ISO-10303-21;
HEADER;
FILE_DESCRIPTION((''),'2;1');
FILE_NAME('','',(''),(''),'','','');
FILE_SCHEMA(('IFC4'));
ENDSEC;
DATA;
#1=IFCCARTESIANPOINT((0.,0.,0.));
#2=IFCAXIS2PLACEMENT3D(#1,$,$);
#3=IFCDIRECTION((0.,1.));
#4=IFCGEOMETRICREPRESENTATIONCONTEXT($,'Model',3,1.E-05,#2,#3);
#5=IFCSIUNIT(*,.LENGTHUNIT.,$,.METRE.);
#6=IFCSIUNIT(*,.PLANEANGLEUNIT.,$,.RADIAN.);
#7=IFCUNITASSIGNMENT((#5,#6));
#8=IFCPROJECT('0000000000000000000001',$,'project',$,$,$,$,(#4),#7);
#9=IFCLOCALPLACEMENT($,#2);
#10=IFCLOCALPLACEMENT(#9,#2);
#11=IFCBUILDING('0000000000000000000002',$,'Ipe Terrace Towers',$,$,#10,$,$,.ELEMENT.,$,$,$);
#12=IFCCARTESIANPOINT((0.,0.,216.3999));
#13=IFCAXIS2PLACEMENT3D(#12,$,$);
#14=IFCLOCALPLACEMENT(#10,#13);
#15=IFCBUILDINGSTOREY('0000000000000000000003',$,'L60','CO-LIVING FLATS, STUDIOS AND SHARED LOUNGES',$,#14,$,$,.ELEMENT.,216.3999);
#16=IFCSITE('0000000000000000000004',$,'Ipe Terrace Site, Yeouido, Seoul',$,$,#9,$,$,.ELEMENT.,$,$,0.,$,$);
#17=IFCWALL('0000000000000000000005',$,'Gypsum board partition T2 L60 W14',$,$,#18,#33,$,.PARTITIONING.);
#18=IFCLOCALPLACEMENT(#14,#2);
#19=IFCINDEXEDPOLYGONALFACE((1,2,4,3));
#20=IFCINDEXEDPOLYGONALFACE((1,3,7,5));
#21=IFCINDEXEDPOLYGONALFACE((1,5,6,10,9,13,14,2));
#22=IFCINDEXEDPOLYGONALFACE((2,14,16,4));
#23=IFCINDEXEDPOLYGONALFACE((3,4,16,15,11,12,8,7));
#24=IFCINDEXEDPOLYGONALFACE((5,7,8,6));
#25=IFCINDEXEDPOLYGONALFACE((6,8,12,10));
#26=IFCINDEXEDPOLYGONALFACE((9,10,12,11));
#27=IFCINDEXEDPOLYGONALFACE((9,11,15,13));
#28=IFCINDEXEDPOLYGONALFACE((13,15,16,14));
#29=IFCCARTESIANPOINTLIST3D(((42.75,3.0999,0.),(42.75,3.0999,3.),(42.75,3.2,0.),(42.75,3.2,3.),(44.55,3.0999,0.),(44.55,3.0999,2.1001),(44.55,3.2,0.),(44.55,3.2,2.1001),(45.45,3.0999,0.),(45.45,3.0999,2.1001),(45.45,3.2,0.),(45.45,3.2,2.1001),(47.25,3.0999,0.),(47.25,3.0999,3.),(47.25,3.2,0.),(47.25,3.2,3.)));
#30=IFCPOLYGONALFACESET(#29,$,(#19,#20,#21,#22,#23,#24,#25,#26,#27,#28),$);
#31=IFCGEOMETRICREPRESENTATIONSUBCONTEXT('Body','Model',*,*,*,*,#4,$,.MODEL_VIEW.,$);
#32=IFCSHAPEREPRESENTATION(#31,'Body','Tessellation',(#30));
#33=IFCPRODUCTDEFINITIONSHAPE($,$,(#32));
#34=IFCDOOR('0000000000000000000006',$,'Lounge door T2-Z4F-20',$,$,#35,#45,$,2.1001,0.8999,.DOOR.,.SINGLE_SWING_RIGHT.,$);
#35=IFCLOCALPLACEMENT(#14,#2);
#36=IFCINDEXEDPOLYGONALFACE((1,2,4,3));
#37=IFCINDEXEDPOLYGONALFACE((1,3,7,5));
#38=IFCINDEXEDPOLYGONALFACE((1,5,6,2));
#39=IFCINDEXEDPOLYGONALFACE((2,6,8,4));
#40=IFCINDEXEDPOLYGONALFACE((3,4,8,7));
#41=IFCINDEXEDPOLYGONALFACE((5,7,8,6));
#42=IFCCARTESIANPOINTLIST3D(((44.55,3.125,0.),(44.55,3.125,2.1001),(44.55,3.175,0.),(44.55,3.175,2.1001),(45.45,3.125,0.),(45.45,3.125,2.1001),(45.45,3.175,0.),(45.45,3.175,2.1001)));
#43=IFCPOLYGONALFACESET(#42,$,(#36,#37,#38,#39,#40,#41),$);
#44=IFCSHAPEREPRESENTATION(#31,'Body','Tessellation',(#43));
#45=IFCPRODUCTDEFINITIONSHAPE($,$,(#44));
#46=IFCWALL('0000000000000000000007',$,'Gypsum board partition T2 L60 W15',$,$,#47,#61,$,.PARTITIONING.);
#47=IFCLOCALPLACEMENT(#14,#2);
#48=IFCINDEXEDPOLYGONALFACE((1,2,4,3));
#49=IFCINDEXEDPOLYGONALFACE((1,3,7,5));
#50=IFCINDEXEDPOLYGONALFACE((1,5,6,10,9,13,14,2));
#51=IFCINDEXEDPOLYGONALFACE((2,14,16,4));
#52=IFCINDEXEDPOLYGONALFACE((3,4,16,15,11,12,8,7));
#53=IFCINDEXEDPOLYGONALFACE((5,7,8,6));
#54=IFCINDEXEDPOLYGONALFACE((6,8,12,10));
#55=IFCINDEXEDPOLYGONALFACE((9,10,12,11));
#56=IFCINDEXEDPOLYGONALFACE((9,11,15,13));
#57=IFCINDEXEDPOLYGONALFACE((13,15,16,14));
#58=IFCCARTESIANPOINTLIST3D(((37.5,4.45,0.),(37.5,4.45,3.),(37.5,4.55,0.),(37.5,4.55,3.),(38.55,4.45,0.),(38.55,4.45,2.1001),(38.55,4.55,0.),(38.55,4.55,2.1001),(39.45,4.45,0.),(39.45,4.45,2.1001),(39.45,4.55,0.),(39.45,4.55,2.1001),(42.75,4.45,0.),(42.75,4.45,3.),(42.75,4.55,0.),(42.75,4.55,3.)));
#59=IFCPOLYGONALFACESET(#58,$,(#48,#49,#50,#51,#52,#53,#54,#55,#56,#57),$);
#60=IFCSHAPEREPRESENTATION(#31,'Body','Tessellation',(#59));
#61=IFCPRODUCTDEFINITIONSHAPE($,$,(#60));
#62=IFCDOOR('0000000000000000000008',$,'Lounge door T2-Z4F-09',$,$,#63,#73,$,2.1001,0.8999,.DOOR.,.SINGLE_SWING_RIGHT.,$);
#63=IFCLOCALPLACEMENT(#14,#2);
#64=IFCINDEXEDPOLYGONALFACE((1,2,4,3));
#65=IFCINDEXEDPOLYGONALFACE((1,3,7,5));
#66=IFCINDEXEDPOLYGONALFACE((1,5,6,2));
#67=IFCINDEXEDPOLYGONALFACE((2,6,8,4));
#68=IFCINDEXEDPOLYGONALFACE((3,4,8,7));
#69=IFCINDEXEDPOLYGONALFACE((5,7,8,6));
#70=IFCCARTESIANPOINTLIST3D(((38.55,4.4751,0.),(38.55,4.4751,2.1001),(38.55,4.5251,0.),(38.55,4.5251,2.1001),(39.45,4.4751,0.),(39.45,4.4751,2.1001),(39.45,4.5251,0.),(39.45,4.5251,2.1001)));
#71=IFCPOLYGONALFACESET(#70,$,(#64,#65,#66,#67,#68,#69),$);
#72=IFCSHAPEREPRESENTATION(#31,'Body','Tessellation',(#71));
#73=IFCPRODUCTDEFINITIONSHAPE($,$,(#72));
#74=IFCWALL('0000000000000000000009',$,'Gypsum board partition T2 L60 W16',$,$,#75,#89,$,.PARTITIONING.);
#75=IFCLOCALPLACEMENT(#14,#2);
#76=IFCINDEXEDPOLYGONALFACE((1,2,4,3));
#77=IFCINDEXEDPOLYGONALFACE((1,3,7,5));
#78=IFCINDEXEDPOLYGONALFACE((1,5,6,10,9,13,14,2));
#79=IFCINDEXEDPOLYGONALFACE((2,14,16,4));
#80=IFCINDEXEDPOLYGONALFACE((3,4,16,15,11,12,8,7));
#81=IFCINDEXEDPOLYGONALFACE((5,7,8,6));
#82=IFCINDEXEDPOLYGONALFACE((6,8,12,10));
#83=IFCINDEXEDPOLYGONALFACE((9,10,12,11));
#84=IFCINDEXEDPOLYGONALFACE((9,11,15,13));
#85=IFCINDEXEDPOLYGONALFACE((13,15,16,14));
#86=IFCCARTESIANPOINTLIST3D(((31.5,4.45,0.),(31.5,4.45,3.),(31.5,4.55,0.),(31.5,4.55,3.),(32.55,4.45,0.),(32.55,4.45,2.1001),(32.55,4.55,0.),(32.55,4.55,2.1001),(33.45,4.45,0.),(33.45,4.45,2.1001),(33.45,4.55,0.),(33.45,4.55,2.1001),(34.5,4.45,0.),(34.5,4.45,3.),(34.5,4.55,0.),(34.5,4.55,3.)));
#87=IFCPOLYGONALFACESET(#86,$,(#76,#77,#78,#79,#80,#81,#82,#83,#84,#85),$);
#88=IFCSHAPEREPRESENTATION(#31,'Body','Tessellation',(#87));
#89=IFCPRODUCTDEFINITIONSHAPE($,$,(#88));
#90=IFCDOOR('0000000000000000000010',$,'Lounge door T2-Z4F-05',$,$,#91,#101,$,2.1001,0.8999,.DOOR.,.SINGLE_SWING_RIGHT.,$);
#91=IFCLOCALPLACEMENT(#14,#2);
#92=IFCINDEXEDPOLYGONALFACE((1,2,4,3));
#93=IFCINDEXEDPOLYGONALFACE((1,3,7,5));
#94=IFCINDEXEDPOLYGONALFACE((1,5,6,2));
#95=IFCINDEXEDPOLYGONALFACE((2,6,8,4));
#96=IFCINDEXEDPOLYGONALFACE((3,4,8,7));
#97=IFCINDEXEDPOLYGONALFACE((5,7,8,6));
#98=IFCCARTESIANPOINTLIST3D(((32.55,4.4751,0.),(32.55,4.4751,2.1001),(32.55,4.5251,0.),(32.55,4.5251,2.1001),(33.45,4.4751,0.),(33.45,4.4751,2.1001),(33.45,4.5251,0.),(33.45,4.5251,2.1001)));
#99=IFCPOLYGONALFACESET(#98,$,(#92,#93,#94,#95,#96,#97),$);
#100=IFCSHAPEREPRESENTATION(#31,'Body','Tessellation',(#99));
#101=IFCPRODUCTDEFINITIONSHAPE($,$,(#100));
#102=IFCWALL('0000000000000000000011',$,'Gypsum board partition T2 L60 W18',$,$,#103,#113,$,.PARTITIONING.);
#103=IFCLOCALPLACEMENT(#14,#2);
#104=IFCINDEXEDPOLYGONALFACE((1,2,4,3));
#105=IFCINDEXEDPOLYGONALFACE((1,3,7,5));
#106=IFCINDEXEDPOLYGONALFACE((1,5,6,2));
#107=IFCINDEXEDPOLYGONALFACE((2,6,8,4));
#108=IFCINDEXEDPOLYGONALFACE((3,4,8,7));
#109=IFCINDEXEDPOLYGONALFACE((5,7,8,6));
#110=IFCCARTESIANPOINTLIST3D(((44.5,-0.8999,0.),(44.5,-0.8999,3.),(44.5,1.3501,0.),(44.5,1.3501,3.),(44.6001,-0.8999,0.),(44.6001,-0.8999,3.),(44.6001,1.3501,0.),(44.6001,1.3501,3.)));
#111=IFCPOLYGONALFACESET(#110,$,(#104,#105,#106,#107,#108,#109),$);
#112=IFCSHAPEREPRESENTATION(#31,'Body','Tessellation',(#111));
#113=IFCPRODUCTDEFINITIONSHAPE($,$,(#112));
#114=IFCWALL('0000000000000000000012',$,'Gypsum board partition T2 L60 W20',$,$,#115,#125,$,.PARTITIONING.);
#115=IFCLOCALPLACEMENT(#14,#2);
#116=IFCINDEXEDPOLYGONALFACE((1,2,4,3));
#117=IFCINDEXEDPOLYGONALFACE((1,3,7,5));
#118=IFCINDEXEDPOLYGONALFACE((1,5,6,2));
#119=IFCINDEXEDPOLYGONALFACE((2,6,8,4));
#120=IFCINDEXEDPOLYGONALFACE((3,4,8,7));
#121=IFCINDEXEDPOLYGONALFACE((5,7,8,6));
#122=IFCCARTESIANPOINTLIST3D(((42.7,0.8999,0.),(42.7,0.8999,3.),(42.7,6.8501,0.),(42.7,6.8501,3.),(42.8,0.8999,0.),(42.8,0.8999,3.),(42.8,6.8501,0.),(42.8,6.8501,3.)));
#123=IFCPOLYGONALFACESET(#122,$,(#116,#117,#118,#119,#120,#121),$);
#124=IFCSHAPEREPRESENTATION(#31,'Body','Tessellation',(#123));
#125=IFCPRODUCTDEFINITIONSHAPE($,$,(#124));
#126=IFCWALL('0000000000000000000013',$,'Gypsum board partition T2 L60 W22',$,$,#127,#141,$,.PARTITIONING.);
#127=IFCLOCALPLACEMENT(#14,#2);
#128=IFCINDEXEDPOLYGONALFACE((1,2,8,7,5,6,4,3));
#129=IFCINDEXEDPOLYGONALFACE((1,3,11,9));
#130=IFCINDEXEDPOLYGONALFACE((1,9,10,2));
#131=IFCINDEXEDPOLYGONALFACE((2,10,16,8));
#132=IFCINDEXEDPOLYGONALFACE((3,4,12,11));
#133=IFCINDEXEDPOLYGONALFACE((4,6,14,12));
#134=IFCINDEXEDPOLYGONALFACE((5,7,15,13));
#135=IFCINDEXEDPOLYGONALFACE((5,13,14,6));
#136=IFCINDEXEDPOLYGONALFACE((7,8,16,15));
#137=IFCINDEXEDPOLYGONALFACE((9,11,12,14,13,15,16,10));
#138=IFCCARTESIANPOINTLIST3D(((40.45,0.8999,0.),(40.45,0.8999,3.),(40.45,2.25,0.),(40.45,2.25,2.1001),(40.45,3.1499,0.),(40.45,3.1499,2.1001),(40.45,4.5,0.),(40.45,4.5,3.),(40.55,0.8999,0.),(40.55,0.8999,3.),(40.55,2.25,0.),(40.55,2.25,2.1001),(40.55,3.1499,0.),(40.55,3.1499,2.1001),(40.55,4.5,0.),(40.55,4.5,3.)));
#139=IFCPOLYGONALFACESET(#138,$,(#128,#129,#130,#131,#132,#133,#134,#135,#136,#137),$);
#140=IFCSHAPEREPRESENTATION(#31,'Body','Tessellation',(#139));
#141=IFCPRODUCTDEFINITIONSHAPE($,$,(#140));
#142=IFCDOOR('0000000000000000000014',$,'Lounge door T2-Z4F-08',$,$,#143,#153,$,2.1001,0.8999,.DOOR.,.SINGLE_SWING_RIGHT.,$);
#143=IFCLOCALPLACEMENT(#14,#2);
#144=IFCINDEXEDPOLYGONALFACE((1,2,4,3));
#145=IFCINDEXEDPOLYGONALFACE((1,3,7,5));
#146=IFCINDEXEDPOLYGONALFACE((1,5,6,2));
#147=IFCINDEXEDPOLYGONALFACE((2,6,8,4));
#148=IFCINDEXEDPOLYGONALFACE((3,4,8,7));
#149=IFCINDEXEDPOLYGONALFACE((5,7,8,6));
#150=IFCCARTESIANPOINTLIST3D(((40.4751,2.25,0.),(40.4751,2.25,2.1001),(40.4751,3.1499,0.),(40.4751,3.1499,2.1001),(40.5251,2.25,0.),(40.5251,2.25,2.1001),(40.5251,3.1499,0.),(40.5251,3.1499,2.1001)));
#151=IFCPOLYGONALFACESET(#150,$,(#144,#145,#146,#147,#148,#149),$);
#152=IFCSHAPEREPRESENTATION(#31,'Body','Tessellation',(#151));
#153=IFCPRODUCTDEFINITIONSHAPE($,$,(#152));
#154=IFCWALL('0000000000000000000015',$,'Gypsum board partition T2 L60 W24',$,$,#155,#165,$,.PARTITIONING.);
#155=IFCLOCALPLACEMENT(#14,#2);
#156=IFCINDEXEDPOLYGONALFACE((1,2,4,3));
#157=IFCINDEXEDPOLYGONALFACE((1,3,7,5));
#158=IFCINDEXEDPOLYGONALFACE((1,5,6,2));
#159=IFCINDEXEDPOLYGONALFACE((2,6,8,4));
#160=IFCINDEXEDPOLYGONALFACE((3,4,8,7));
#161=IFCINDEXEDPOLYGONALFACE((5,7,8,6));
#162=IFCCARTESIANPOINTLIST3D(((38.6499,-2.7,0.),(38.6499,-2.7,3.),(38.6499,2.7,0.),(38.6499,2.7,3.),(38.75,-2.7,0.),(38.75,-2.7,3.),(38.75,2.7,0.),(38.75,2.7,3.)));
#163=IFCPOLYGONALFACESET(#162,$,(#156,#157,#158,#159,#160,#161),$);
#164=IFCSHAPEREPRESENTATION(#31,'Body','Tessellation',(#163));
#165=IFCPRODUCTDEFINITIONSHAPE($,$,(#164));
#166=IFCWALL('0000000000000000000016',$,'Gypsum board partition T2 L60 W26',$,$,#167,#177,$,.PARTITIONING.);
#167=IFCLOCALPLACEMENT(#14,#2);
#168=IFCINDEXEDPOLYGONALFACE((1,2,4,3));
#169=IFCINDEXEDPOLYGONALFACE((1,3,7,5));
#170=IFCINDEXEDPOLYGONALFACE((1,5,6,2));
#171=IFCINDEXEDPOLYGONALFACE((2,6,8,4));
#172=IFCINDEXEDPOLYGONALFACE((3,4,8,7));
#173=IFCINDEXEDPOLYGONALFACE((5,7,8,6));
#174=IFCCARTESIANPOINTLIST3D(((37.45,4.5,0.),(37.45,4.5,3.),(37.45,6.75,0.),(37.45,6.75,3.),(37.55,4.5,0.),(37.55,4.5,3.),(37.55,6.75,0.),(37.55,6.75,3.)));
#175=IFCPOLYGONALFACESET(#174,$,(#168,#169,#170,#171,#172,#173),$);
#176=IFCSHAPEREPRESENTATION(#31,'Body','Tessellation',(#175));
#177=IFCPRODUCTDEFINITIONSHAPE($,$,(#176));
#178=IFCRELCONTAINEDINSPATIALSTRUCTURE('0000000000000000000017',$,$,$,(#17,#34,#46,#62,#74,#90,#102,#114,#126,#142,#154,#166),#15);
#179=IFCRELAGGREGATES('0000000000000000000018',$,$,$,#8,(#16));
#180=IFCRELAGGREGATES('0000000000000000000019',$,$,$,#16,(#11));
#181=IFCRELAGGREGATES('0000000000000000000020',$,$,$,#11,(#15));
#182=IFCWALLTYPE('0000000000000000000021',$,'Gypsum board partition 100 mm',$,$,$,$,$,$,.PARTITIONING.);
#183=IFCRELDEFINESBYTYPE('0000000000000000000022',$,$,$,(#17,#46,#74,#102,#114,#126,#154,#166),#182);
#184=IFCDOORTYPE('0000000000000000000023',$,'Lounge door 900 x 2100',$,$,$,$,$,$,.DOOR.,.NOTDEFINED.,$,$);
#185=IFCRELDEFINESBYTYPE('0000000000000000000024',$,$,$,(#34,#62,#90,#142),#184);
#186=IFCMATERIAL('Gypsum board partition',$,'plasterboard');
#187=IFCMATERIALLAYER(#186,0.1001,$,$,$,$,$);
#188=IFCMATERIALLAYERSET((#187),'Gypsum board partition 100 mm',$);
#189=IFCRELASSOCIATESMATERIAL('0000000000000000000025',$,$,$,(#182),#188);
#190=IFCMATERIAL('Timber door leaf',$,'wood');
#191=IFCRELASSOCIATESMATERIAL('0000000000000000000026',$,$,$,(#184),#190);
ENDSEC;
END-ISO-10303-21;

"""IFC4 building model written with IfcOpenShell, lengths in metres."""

from ifc_helpers import new_model, si_unit, direction, frame, frame_2d, origin, place, context, subcontext, project, spatial, rectangle, extrude, material, layer, layer_set, type_object, element, fill, save


model = new_model("IFC4")

# Units and contexts
model_context = context("Model", 3, precision=1e-05, world=origin(), true_north=direction((0.0, 1.0)))
body_context = subcontext(model_context, "Body", "Model", "MODEL_VIEW")
ifc_project = project(units=[si_unit("LENGTHUNIT", "METRE"), si_unit("PLANEANGLEUNIT", "RADIAN")], contexts=[model_context])

# Site, building, storey
site_placement = place(None, origin())
site = spatial("IfcSite", under=ifc_project, at=site_placement, Name="Ipe Terrace Site, Yeouido, Seoul", CompositionType="ELEMENT", RefElevation=0.0)
building_placement = place(site_placement, origin())
building = spatial("IfcBuilding", under=site, at=building_placement, Name="Ipe Terrace Towers", CompositionType="ELEMENT")
storey_placement = place(building_placement, frame((0.0, 0.0, 216.3999)))
storey = spatial("IfcBuildingStorey", under=building, at=storey_placement, Name="L60", Description="CO-LIVING FLATS, STUDIOS AND SHARED LOUNGES", CompositionType="ELEMENT", Elevation=216.3999)

# Shared definitions
ifc_material_1 = material(Name="Gypsum board partition", Category="plasterboard")
ifc_layer_1 = layer(ifc_material_1, 0.1001)
ifc_layer_set_1 = layer_set([ifc_layer_1], Name="Gypsum board partition 100 mm")
wall_type_1 = type_object("IfcWallType", Name="Gypsum board partition 100 mm", PredefinedType="PARTITIONING", material=ifc_layer_set_1)

# Walls, openings, doors
ifc_material_2 = material(Name="Timber door leaf", Category="wood")
door_type = type_object("IfcDoorType", Name="Lounge door 900 x 2100", OperationType="NOTDEFINED", PredefinedType="DOOR", material=ifc_material_2)
wall_1_placement = place(storey_placement, frame((47.25, 3.1499, 0.0), z_axis=(0.0, 0.0, 1.0), x_axis=(-1.0, 0.0, 0.0)))
wall_1 = element("IfcWall", 1, at=wall_1_placement, inside=storey, type_object=wall_type_1, Name="Gypsum board partition T2 L60 W14", PredefinedType="PARTITIONING", context=body_context, shape_type="SweptSolid", body=[
    extrude(rectangle(XDim=4.5, YDim=0.1001, at=frame_2d((2.25, 0.0))), origin(), (0.0, 0.0, 1.0), 3.0),
])
opening_1_placement = place(wall_1_placement, frame((1.8, 0.0, 0.0)))
opening_1 = element("IfcOpeningElement", 2, at=opening_1_placement, cuts=wall_1, PredefinedType="OPENING", context=body_context, shape_type="SweptSolid", body=[
    extrude(rectangle(XDim=0.8999, YDim=2.1001, at=frame_2d((0.45, 1.05))), frame((0.0, 0.0601, 0.0), z_axis=(0.0, -1.0, 0.0), x_axis=(1.0, 0.0, 0.0)), (0.0, 0.0, 1.0), 0.1201),
])
door_1_placement = place(opening_1_placement, origin())
door_1 = element("IfcDoor", 3, at=door_1_placement, inside=storey, type_object=door_type, Name="Lounge door T2-Z4F-20", OperationType="SINGLE_SWING_RIGHT", OverallHeight=2.1001, OverallWidth=0.8999, PredefinedType="DOOR", context=body_context, shape_type="SweptSolid", body=[
    extrude(rectangle(XDim=0.8999, YDim=2.1001, at=frame_2d((0.45, 1.05))), frame((0.0, 0.0249, 0.0), z_axis=(0.0, -1.0, 0.0), x_axis=(1.0, 0.0, 0.0)), (0.0, 0.0, 1.0), 0.05),
])
fill(opening_1, door_1)
wall_2_placement = place(storey_placement, frame((42.75, 4.5, 0.0), z_axis=(0.0, 0.0, 1.0), x_axis=(-1.0, 0.0, 0.0)))
wall_2 = element("IfcWall", 4, at=wall_2_placement, inside=storey, type_object=wall_type_1, Name="Gypsum board partition T2 L60 W15", PredefinedType="PARTITIONING", context=body_context, shape_type="SweptSolid", body=[
    extrude(rectangle(XDim=5.25, YDim=0.1001, at=frame_2d((2.625, 0.0))), origin(), (0.0, 0.0, 1.0), 3.0),
])
opening_2_placement = place(wall_2_placement, frame((3.3, 0.0, 0.0)))
opening_2 = element("IfcOpeningElement", 5, at=opening_2_placement, cuts=wall_2, PredefinedType="OPENING", context=body_context, shape_type="SweptSolid", body=[
    extrude(rectangle(XDim=0.8999, YDim=2.1001, at=frame_2d((0.45, 1.05))), frame((0.0, 0.0601, 0.0), z_axis=(0.0, -1.0, 0.0), x_axis=(1.0, 0.0, 0.0)), (0.0, 0.0, 1.0), 0.1201),
])
door_2_placement = place(opening_2_placement, origin())
door_2 = element("IfcDoor", 6, at=door_2_placement, inside=storey, type_object=door_type, Name="Lounge door T2-Z4F-09", OperationType="SINGLE_SWING_RIGHT", OverallHeight=2.1001, OverallWidth=0.8999, PredefinedType="DOOR", context=body_context, shape_type="SweptSolid", body=[
    extrude(rectangle(XDim=0.8999, YDim=2.1001, at=frame_2d((0.45, 1.05))), frame((0.0, 0.0249, 0.0), z_axis=(0.0, -1.0, 0.0), x_axis=(1.0, 0.0, 0.0)), (0.0, 0.0, 1.0), 0.05),
])
fill(opening_2, door_2)
wall_3_placement = place(storey_placement, frame((34.5, 4.5, 0.0), z_axis=(0.0, 0.0, 1.0), x_axis=(-1.0, 0.0, 0.0)))
wall_3 = element("IfcWall", 7, at=wall_3_placement, inside=storey, type_object=wall_type_1, Name="Gypsum board partition T2 L60 W16", PredefinedType="PARTITIONING", context=body_context, shape_type="SweptSolid", body=[
    extrude(rectangle(XDim=3.0, YDim=0.1001, at=frame_2d((1.5, 0.0))), origin(), (0.0, 0.0, 1.0), 3.0),
])
opening_3_placement = place(wall_3_placement, frame((1.05, 0.0, 0.0)))
opening_3 = element("IfcOpeningElement", 8, at=opening_3_placement, cuts=wall_3, PredefinedType="OPENING", context=body_context, shape_type="SweptSolid", body=[
    extrude(rectangle(XDim=0.8999, YDim=2.1001, at=frame_2d((0.45, 1.05))), frame((0.0, 0.0601, 0.0), z_axis=(0.0, -1.0, 0.0), x_axis=(1.0, 0.0, 0.0)), (0.0, 0.0, 1.0), 0.1201),
])
door_3_placement = place(opening_3_placement, origin())
door_3 = element("IfcDoor", 9, at=door_3_placement, inside=storey, type_object=door_type, Name="Lounge door T2-Z4F-05", OperationType="SINGLE_SWING_RIGHT", OverallHeight=2.1001, OverallWidth=0.8999, PredefinedType="DOOR", context=body_context, shape_type="SweptSolid", body=[
    extrude(rectangle(XDim=0.8999, YDim=2.1001, at=frame_2d((0.45, 1.05))), frame((0.0, 0.0249, 0.0), z_axis=(0.0, -1.0, 0.0), x_axis=(1.0, 0.0, 0.0)), (0.0, 0.0, 1.0), 0.05),
])
fill(opening_3, door_3)

# Walls
wall_4_placement = place(storey_placement, frame((44.55, -0.8999, 0.0), z_axis=(0.0, 0.0, 1.0), x_axis=(0.0, 1.0, 0.0)))
element("IfcWall", 10, at=wall_4_placement, inside=storey, type_object=wall_type_1, Name="Gypsum board partition T2 L60 W18", PredefinedType="PARTITIONING", context=body_context, shape_type="SweptSolid", body=[
    extrude(rectangle(XDim=2.25, YDim=0.1001, at=frame_2d((1.125, 0.0))), origin(), (0.0, 0.0, 1.0), 3.0),
])
wall_5_placement = place(storey_placement, frame((42.75, 0.8999, 0.0), z_axis=(0.0, 0.0, 1.0), x_axis=(0.0, 1.0, 0.0)))
element("IfcWall", 11, at=wall_5_placement, inside=storey, type_object=wall_type_1, Name="Gypsum board partition T2 L60 W20", PredefinedType="PARTITIONING", context=body_context, shape_type="SweptSolid", body=[
    extrude(rectangle(XDim=5.9502, YDim=0.1001, at=frame_2d((2.9751, 0.0))), origin(), (0.0, 0.0, 1.0), 3.0),
])

# Wall, opening, door
wall_6_placement = place(storey_placement, frame((40.5, 0.8999, 0.0), z_axis=(0.0, 0.0, 1.0), x_axis=(0.0, 1.0, 0.0)))
wall_6 = element("IfcWall", 12, at=wall_6_placement, inside=storey, type_object=wall_type_1, Name="Gypsum board partition T2 L60 W22", PredefinedType="PARTITIONING", context=body_context, shape_type="SweptSolid", body=[
    extrude(rectangle(XDim=3.6001, YDim=0.1001, at=frame_2d((1.8, 0.0))), origin(), (0.0, 0.0, 1.0), 3.0),
])
opening_4_placement = place(wall_6_placement, frame((1.3501, 0.0, 0.0)))
opening_4 = element("IfcOpeningElement", 13, at=opening_4_placement, cuts=wall_6, PredefinedType="OPENING", context=body_context, shape_type="SweptSolid", body=[
    extrude(rectangle(XDim=0.8999, YDim=2.1001, at=frame_2d((0.45, 1.05))), frame((0.0, 0.0601, 0.0), z_axis=(0.0, -1.0, 0.0), x_axis=(1.0, 0.0, 0.0)), (0.0, 0.0, 1.0), 0.1201),
])
door_4_placement = place(opening_4_placement, origin())
door_4 = element("IfcDoor", 14, at=door_4_placement, inside=storey, type_object=door_type, Name="Lounge door T2-Z4F-08", OperationType="SINGLE_SWING_RIGHT", OverallHeight=2.1001, OverallWidth=0.8999, PredefinedType="DOOR", context=body_context, shape_type="SweptSolid", body=[
    extrude(rectangle(XDim=0.8999, YDim=2.1001, at=frame_2d((0.45, 1.05))), frame((0.0, 0.0249, 0.0), z_axis=(0.0, -1.0, 0.0), x_axis=(1.0, 0.0, 0.0)), (0.0, 0.0, 1.0), 0.05),
])
fill(opening_4, door_4)

# Walls
wall_7_placement = place(storey_placement, frame((38.7, -2.7, 0.0), z_axis=(0.0, 0.0, 1.0), x_axis=(0.0, 1.0, 0.0)))
element("IfcWall", 15, at=wall_7_placement, inside=storey, type_object=wall_type_1, Name="Gypsum board partition T2 L60 W24", PredefinedType="PARTITIONING", context=body_context, shape_type="SweptSolid", body=[
    extrude(rectangle(XDim=5.3999, YDim=0.1001, at=frame_2d((2.7, 0.0))), origin(), (0.0, 0.0, 1.0), 3.0),
])
for number, where, z_axis, x_axis, name in (
    (16, (37.5, 4.5, 0.0), (0.0, 0.0, 1.0), (0.0, 1.0, 0.0), "Gypsum board partition T2 L60 W26"),
):
    element("IfcWall", number, at=place(storey_placement, frame(where, z_axis=z_axis, x_axis=x_axis)), inside=storey, type_object=wall_type_1, Name=name, PredefinedType="PARTITIONING", context=body_context, shape_type="SweptSolid", body=[
        extrude(rectangle(XDim=2.25, YDim=0.1001, at=frame_2d((1.125, 0.0))), origin(), (0.0, 0.0, 1.0), 3.0),
    ])

save(model, "model.ifc")
